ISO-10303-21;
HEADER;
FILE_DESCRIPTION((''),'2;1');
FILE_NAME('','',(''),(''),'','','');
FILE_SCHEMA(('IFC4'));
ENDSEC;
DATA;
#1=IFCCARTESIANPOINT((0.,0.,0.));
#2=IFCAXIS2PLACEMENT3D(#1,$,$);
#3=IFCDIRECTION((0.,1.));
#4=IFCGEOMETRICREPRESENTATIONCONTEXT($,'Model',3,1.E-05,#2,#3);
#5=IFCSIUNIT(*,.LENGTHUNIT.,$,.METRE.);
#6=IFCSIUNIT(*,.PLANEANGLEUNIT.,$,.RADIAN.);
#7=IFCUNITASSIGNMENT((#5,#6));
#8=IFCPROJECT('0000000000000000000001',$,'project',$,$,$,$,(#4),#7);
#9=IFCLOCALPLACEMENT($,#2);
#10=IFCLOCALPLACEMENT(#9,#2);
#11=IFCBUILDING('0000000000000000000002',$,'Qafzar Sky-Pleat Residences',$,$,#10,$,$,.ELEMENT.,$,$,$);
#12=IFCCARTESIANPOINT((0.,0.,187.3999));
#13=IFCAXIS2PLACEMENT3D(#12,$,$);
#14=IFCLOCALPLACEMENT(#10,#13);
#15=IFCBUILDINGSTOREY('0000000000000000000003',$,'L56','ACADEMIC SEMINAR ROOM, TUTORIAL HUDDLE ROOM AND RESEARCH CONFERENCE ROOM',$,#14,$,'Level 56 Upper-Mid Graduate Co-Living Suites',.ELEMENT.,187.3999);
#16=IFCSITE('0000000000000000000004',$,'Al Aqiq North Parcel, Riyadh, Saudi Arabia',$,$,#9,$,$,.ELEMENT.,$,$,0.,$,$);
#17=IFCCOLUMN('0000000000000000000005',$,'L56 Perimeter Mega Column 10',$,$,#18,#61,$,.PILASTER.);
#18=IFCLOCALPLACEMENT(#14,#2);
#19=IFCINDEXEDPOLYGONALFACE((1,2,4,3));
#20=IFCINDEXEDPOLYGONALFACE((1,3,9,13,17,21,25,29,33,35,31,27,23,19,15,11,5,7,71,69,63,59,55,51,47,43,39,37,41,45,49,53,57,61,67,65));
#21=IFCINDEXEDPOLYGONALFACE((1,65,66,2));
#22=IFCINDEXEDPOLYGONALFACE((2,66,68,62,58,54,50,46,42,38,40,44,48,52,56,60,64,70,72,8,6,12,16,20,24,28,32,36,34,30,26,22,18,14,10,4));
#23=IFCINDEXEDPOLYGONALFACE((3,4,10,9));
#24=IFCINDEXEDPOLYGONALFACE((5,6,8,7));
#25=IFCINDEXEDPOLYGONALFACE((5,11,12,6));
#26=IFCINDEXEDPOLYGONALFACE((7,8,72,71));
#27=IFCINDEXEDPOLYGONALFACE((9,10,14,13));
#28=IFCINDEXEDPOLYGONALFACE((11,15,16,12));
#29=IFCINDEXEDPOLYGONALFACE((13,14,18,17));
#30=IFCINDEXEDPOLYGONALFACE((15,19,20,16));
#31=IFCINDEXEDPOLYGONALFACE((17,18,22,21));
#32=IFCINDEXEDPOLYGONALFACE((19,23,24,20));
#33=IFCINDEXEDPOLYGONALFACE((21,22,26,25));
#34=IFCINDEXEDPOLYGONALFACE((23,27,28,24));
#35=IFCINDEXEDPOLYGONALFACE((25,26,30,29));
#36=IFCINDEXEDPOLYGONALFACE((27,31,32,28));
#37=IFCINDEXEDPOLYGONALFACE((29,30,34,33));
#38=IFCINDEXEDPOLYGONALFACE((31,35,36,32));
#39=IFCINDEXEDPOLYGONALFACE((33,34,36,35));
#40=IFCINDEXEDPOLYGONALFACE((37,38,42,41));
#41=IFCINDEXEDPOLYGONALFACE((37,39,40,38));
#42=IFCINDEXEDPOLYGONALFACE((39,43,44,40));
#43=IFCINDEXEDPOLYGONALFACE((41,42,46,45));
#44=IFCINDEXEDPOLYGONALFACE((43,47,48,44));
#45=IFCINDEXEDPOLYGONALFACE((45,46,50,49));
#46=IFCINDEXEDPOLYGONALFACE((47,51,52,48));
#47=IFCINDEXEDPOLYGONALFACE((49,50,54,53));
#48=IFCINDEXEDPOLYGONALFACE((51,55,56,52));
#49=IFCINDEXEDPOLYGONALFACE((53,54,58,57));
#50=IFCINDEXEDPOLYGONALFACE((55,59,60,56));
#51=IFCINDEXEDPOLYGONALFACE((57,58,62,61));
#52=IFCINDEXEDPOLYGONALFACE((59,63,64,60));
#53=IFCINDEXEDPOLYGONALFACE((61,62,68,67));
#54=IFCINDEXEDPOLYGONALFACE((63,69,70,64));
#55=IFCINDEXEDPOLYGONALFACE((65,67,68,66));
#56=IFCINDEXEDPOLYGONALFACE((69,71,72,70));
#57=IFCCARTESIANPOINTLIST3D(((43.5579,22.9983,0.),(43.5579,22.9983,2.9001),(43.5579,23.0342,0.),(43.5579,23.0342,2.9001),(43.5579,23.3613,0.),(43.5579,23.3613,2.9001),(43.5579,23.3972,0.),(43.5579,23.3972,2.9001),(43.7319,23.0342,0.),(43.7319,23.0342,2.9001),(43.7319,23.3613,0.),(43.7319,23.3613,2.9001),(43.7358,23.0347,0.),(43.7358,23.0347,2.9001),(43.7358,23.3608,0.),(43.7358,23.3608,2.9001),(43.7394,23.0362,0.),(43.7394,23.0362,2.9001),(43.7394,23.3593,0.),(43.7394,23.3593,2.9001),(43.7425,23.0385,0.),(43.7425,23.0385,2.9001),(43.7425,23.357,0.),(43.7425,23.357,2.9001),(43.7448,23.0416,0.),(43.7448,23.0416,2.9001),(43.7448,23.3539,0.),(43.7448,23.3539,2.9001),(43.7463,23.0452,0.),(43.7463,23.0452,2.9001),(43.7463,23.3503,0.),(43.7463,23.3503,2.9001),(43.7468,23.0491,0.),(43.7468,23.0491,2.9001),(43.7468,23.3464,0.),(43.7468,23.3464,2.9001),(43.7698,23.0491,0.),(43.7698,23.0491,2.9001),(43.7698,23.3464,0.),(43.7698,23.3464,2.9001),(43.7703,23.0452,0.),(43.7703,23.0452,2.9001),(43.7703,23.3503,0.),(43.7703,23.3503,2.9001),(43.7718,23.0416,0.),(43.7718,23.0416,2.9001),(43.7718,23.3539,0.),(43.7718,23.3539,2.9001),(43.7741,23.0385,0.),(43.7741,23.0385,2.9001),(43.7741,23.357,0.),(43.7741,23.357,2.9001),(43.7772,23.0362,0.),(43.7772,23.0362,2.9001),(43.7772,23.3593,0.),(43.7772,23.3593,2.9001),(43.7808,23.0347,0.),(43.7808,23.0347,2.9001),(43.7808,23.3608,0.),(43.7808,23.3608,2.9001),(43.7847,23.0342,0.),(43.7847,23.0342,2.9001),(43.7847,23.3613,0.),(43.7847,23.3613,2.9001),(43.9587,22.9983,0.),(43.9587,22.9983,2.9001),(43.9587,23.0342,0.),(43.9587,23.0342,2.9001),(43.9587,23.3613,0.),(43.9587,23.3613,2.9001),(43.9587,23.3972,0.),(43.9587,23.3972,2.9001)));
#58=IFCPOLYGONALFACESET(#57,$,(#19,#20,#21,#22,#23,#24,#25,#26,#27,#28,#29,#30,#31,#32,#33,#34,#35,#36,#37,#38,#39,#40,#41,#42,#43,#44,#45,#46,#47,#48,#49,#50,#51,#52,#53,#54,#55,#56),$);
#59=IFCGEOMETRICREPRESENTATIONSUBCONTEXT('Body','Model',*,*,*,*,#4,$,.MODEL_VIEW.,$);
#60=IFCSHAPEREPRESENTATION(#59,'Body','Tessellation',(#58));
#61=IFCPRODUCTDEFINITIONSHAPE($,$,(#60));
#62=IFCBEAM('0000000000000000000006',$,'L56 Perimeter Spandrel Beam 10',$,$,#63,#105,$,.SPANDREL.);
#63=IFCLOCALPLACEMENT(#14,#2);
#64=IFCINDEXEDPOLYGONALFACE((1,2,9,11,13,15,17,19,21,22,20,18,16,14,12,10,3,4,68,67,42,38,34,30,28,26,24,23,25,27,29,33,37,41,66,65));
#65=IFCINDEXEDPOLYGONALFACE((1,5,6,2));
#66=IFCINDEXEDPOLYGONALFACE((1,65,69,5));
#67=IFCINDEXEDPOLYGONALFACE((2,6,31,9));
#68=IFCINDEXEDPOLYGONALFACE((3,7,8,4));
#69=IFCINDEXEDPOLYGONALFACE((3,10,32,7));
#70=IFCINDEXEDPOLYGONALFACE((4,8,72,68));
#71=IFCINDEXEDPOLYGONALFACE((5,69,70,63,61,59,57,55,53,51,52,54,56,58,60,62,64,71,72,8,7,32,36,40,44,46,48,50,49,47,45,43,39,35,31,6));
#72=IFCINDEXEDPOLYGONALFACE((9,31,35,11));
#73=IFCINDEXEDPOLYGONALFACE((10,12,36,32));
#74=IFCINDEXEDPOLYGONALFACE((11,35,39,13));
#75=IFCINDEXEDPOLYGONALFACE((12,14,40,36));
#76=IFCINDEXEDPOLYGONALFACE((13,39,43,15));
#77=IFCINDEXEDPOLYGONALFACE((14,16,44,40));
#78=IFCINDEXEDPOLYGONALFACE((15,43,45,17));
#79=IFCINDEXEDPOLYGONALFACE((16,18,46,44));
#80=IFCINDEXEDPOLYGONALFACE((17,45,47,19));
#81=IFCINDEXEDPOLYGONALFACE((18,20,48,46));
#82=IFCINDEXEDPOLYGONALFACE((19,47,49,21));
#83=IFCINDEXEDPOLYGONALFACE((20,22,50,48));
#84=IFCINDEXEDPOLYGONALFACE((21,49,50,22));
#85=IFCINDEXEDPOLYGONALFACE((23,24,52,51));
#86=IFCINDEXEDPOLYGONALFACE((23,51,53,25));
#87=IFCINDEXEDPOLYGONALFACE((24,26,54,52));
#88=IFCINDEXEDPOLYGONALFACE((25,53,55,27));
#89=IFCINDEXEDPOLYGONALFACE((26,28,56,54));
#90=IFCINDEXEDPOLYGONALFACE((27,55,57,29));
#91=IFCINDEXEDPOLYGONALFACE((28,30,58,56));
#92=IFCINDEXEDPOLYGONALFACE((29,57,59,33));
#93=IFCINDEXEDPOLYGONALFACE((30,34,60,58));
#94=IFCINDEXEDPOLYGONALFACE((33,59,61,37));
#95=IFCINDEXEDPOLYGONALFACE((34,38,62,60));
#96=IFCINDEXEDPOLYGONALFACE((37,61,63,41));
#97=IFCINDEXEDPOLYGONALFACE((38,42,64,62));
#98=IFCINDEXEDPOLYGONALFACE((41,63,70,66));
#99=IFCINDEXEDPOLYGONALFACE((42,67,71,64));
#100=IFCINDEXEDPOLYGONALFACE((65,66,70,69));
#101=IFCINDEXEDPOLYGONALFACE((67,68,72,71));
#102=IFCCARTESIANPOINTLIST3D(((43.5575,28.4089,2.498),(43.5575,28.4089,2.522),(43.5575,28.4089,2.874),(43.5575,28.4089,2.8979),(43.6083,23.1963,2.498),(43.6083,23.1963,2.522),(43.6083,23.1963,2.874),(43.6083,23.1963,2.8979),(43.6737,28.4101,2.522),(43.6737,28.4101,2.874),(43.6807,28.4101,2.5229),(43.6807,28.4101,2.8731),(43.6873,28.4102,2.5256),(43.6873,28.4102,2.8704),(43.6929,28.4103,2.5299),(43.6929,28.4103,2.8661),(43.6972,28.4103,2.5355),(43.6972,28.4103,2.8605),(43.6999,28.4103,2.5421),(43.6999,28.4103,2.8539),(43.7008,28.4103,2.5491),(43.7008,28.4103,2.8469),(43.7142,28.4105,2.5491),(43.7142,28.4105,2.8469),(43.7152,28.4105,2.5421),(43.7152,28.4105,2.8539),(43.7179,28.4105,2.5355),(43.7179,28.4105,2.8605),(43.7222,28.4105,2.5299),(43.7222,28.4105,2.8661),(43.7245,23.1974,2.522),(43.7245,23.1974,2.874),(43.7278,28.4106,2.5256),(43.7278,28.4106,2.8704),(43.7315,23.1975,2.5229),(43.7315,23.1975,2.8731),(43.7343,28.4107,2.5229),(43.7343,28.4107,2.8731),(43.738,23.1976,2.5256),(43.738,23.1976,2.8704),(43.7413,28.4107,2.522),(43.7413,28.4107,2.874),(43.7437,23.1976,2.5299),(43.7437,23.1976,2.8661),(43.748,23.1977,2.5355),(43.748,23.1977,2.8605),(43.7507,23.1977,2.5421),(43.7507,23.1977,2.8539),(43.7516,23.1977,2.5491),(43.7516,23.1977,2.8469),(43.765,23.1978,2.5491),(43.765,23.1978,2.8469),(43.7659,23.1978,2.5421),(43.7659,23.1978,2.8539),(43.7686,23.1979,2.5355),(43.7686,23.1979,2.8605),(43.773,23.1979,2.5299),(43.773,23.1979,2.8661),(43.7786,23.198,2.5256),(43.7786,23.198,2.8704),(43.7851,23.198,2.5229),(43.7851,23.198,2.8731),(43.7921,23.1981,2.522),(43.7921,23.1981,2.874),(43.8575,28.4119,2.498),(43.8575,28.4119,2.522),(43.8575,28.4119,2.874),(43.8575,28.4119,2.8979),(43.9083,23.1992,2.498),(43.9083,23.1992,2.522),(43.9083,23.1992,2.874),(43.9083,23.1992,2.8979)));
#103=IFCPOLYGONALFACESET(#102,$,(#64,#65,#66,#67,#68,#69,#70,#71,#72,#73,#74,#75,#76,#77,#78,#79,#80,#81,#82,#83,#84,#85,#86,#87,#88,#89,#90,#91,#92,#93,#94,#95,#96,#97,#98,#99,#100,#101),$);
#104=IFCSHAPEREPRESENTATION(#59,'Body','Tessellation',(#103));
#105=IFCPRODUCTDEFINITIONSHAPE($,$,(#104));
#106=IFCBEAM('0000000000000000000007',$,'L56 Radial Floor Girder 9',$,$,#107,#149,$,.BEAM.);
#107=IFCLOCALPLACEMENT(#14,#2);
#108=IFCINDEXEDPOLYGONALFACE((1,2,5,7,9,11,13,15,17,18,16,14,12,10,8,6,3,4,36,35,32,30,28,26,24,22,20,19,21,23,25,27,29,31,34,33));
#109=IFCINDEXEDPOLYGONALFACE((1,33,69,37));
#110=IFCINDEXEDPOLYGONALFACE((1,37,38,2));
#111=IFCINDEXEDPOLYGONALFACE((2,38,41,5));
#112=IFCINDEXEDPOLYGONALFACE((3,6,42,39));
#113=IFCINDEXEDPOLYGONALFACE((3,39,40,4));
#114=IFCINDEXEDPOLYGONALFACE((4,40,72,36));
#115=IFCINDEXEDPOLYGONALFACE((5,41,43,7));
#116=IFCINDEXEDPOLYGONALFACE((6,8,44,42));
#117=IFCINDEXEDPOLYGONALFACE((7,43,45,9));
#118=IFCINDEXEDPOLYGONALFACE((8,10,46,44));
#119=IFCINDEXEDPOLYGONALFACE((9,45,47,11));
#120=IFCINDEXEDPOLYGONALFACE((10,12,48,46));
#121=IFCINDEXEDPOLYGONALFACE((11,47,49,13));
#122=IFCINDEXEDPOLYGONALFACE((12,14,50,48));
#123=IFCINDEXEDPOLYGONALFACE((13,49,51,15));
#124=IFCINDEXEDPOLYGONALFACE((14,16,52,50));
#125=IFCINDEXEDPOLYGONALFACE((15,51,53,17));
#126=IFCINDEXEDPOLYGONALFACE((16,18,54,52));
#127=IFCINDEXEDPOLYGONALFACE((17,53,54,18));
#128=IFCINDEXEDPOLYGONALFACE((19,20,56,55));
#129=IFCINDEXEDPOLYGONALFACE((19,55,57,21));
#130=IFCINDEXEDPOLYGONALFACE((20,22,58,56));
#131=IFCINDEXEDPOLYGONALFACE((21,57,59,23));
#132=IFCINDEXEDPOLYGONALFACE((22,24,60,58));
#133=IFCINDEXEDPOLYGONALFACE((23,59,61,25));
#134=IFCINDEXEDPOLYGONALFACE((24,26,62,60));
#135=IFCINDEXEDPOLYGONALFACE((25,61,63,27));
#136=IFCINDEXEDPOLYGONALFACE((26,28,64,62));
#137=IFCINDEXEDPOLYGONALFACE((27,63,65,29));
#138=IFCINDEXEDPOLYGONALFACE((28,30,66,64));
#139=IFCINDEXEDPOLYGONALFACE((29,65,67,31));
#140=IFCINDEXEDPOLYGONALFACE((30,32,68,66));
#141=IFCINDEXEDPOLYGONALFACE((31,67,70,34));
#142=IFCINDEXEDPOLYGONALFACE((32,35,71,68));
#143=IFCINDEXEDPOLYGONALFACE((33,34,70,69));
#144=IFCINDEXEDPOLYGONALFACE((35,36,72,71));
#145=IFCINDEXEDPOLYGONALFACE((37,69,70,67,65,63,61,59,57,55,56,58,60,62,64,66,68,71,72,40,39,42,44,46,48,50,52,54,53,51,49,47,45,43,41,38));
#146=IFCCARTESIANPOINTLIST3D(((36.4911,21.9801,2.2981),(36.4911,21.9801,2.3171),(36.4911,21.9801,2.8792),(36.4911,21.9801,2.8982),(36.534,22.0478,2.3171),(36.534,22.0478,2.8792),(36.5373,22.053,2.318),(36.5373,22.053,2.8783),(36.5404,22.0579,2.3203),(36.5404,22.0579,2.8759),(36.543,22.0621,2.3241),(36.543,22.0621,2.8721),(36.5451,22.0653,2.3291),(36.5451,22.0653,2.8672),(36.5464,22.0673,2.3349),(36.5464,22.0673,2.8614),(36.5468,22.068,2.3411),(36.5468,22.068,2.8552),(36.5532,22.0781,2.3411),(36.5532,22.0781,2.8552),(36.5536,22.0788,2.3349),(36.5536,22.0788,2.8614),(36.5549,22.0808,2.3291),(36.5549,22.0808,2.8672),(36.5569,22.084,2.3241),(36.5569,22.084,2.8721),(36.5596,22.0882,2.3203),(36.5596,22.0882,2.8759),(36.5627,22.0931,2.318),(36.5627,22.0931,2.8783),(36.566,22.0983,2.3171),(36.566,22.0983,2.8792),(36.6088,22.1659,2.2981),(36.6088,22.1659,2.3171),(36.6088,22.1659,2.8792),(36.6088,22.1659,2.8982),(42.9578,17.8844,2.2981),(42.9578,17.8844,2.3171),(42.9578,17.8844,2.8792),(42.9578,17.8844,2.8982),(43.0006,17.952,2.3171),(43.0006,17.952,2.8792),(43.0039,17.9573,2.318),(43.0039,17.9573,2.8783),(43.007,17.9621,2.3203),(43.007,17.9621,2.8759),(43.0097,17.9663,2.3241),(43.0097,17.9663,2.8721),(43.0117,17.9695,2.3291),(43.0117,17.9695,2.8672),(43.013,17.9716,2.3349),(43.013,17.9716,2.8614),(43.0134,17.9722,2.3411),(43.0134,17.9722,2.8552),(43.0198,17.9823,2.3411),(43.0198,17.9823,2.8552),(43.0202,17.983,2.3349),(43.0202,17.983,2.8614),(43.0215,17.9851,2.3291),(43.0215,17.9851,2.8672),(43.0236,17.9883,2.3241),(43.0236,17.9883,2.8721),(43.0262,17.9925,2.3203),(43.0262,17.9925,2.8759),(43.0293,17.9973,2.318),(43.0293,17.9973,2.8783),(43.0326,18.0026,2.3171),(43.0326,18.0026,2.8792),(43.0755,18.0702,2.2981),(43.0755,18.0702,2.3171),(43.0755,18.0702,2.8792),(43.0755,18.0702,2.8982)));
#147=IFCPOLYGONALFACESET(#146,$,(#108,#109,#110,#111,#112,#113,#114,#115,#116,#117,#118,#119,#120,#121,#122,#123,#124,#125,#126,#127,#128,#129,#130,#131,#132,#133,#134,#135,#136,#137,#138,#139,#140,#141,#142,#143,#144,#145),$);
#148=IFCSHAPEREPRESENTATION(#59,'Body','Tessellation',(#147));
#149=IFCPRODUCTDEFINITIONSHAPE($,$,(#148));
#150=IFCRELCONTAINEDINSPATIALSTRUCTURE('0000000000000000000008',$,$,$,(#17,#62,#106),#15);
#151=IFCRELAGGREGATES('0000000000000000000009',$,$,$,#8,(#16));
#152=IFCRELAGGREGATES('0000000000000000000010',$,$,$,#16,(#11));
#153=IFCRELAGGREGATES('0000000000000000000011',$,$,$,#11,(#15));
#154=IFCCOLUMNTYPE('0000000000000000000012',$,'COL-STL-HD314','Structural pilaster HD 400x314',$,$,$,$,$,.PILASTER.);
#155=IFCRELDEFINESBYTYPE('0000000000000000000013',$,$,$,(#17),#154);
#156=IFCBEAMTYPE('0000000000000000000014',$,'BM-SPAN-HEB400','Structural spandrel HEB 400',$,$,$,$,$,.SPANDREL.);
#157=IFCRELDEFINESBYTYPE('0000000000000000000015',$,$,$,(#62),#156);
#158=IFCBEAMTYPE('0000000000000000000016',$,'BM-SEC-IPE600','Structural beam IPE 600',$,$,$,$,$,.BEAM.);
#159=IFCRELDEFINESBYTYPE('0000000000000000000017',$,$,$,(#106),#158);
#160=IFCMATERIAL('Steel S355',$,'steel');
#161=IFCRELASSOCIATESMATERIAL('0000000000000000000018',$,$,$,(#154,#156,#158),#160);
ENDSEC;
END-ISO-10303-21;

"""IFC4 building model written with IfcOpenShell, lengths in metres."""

from ifc_helpers import new_model, si_unit, direction, frame, origin, origin_2d, place, context, subcontext, project, spatial, i_section, extrude, source, transform, mapped, material, material_profile, profile_set, type_object, element, save


model = new_model("IFC4")

# Units and contexts
model_context = context("Model", 3, precision=1e-05, world=origin(), true_north=direction((0.0, 1.0)))
body_context = subcontext(model_context, "Body", "Model", "MODEL_VIEW")
ifc_project = project(units=[si_unit("LENGTHUNIT", "METRE"), si_unit("PLANEANGLEUNIT", "RADIAN")], contexts=[model_context])

# Site, building, storey
site_placement = place(None, origin())
site = spatial("IfcSite", under=ifc_project, at=site_placement, Name="Al Aqiq North Parcel, Riyadh, Saudi Arabia", CompositionType="ELEMENT", RefElevation=0.0)
building_placement = place(site_placement, origin())
building = spatial("IfcBuilding", under=site, at=building_placement, Name="Qafzar Sky-Pleat Residences", CompositionType="ELEMENT")
storey_placement = place(building_placement, frame((0.0, 0.0, 187.3999)))
storey = spatial("IfcBuildingStorey", under=building, at=storey_placement, Name="L56", Description="ACADEMIC SEMINAR ROOM, TUTORIAL HUDDLE ROOM AND RESEARCH CONFERENCE ROOM", LongName="Level 56 Upper-Mid Graduate Co-Living Suites", CompositionType="ELEMENT", Elevation=187.3999)

# Column
ifc_material_1 = material(Name="Steel S355", Category="steel")
ifc_material_profile_1 = material_profile(ifc_material_1, i_section(OverallWidth=0.4009, OverallDepth=0.3989, WebThickness=0.0229, FlangeThickness=0.0359, FilletRadius=0.0149, at=origin_2d()), Name="HD 400x314")
ifc_profile_set_1 = profile_set([ifc_material_profile_1], Name="Steel S355")
column_type = type_object("IfcColumnType", Name="COL-STL-HD314", Description="Structural pilaster HD 400x314", PredefinedType="PILASTER", material=ifc_profile_set_1)
shared_shape_1 = source(origin(), body_context, "Body", "SweptSolid", [
    extrude(i_section(OverallWidth=0.4009, OverallDepth=0.3989, WebThickness=0.0229, FlangeThickness=0.0359, FilletRadius=0.0149, at=origin_2d()), origin(), (0.0, 0.0, 1.0), 2.9001),
])
column_placement = place(storey_placement, frame((43.7583, 23.1978, 0.0), z_axis=(0.0, 0.0, 1.0), x_axis=(1.0, 0.0, 0.0)))
element("IfcColumn", 1, at=column_placement, inside=storey, type_object=column_type, Name="L56 Perimeter Mega Column 10", PredefinedType="PILASTER", context=body_context, shape_type="MappedRepresentation", body=[
    mapped(shared_shape_1, transform((0.0, 0.0, 0.0), x_axis=(1.0, 0.0, 0.0), y_axis=(0.0, 1.0, 0.0), z_axis=(0.0, 0.0, 1.0), scale=1.0)),
])

# Beams
ifc_material_profile_2 = material_profile(ifc_material_1, i_section(OverallWidth=0.3, OverallDepth=0.3999, WebThickness=0.0134, FlangeThickness=0.0239, FilletRadius=0.0271, at=origin_2d()), Name="HEB 400")
ifc_profile_set_2 = profile_set([ifc_material_profile_2], Name="Steel S355")
beam_type_1 = type_object("IfcBeamType", Name="BM-SPAN-HEB400", Description="Structural spandrel HEB 400", PredefinedType="SPANDREL", material=ifc_profile_set_2)
shared_shape_2 = source(origin(), body_context, "Body", "SweptSolid", [
    extrude(i_section(OverallWidth=0.3, OverallDepth=0.3999, WebThickness=0.0134, FlangeThickness=0.0239, FilletRadius=0.0271, at=origin_2d()), origin(), (0.0, 0.0, 1.0), 5.2129),
])
beam_1_placement = place(storey_placement, frame((43.7583, 23.1978, 2.698), z_axis=(-0.009741, 0.999953, 0.0), x_axis=(-0.999953, -0.009741, 0.0)))
element("IfcBeam", 2, at=beam_1_placement, inside=storey, type_object=beam_type_1, Name="L56 Perimeter Spandrel Beam 10", PredefinedType="SPANDREL", context=body_context, shape_type="MappedRepresentation", body=[
    mapped(shared_shape_2, transform((0.0, 0.0, 0.0), x_axis=(1.0, 0.0, 0.0), y_axis=(0.0, 1.0, 0.0), z_axis=(0.0, 0.0, 1.0), scale=1.0)),
])
ifc_material_profile_3 = material_profile(ifc_material_1, i_section(OverallWidth=0.22, OverallDepth=0.6001, WebThickness=0.012, FlangeThickness=0.019, FilletRadius=0.0239, at=origin_2d()), Name="IPE 600")
ifc_profile_set_3 = profile_set([ifc_material_profile_3], Name="Steel S355")
beam_type_2 = type_object("IfcBeamType", Name="BM-SEC-IPE600", Description="Structural beam IPE 600", PredefinedType="BEAM", material=ifc_profile_set_3)
shared_shape_3 = source(origin(), body_context, "Body", "SweptSolid", [
    extrude(i_section(OverallWidth=0.22, OverallDepth=0.6001, WebThickness=0.012, FlangeThickness=0.019, FilletRadius=0.0239, at=origin_2d()), origin(), (0.0, 0.0, 1.0), 7.6545),
])
beam_2_placement = place(storey_placement, frame((43.0166, 17.9773, 2.5981), z_axis=(-0.844806, 0.535073, 0.0), x_axis=(-0.535073, -0.844806, 0.0)))
element("IfcBeam", 3, at=beam_2_placement, inside=storey, type_object=beam_type_2, Name="L56 Radial Floor Girder 9", PredefinedType="BEAM", context=body_context, shape_type="MappedRepresentation", body=[
    mapped(shared_shape_3, transform((0.0, 0.0, 0.0), x_axis=(1.0, 0.0, 0.0), y_axis=(0.0, 1.0, 0.0), z_axis=(0.0, 0.0, 1.0), scale=1.0)),
])

save(model, "model.ifc")
